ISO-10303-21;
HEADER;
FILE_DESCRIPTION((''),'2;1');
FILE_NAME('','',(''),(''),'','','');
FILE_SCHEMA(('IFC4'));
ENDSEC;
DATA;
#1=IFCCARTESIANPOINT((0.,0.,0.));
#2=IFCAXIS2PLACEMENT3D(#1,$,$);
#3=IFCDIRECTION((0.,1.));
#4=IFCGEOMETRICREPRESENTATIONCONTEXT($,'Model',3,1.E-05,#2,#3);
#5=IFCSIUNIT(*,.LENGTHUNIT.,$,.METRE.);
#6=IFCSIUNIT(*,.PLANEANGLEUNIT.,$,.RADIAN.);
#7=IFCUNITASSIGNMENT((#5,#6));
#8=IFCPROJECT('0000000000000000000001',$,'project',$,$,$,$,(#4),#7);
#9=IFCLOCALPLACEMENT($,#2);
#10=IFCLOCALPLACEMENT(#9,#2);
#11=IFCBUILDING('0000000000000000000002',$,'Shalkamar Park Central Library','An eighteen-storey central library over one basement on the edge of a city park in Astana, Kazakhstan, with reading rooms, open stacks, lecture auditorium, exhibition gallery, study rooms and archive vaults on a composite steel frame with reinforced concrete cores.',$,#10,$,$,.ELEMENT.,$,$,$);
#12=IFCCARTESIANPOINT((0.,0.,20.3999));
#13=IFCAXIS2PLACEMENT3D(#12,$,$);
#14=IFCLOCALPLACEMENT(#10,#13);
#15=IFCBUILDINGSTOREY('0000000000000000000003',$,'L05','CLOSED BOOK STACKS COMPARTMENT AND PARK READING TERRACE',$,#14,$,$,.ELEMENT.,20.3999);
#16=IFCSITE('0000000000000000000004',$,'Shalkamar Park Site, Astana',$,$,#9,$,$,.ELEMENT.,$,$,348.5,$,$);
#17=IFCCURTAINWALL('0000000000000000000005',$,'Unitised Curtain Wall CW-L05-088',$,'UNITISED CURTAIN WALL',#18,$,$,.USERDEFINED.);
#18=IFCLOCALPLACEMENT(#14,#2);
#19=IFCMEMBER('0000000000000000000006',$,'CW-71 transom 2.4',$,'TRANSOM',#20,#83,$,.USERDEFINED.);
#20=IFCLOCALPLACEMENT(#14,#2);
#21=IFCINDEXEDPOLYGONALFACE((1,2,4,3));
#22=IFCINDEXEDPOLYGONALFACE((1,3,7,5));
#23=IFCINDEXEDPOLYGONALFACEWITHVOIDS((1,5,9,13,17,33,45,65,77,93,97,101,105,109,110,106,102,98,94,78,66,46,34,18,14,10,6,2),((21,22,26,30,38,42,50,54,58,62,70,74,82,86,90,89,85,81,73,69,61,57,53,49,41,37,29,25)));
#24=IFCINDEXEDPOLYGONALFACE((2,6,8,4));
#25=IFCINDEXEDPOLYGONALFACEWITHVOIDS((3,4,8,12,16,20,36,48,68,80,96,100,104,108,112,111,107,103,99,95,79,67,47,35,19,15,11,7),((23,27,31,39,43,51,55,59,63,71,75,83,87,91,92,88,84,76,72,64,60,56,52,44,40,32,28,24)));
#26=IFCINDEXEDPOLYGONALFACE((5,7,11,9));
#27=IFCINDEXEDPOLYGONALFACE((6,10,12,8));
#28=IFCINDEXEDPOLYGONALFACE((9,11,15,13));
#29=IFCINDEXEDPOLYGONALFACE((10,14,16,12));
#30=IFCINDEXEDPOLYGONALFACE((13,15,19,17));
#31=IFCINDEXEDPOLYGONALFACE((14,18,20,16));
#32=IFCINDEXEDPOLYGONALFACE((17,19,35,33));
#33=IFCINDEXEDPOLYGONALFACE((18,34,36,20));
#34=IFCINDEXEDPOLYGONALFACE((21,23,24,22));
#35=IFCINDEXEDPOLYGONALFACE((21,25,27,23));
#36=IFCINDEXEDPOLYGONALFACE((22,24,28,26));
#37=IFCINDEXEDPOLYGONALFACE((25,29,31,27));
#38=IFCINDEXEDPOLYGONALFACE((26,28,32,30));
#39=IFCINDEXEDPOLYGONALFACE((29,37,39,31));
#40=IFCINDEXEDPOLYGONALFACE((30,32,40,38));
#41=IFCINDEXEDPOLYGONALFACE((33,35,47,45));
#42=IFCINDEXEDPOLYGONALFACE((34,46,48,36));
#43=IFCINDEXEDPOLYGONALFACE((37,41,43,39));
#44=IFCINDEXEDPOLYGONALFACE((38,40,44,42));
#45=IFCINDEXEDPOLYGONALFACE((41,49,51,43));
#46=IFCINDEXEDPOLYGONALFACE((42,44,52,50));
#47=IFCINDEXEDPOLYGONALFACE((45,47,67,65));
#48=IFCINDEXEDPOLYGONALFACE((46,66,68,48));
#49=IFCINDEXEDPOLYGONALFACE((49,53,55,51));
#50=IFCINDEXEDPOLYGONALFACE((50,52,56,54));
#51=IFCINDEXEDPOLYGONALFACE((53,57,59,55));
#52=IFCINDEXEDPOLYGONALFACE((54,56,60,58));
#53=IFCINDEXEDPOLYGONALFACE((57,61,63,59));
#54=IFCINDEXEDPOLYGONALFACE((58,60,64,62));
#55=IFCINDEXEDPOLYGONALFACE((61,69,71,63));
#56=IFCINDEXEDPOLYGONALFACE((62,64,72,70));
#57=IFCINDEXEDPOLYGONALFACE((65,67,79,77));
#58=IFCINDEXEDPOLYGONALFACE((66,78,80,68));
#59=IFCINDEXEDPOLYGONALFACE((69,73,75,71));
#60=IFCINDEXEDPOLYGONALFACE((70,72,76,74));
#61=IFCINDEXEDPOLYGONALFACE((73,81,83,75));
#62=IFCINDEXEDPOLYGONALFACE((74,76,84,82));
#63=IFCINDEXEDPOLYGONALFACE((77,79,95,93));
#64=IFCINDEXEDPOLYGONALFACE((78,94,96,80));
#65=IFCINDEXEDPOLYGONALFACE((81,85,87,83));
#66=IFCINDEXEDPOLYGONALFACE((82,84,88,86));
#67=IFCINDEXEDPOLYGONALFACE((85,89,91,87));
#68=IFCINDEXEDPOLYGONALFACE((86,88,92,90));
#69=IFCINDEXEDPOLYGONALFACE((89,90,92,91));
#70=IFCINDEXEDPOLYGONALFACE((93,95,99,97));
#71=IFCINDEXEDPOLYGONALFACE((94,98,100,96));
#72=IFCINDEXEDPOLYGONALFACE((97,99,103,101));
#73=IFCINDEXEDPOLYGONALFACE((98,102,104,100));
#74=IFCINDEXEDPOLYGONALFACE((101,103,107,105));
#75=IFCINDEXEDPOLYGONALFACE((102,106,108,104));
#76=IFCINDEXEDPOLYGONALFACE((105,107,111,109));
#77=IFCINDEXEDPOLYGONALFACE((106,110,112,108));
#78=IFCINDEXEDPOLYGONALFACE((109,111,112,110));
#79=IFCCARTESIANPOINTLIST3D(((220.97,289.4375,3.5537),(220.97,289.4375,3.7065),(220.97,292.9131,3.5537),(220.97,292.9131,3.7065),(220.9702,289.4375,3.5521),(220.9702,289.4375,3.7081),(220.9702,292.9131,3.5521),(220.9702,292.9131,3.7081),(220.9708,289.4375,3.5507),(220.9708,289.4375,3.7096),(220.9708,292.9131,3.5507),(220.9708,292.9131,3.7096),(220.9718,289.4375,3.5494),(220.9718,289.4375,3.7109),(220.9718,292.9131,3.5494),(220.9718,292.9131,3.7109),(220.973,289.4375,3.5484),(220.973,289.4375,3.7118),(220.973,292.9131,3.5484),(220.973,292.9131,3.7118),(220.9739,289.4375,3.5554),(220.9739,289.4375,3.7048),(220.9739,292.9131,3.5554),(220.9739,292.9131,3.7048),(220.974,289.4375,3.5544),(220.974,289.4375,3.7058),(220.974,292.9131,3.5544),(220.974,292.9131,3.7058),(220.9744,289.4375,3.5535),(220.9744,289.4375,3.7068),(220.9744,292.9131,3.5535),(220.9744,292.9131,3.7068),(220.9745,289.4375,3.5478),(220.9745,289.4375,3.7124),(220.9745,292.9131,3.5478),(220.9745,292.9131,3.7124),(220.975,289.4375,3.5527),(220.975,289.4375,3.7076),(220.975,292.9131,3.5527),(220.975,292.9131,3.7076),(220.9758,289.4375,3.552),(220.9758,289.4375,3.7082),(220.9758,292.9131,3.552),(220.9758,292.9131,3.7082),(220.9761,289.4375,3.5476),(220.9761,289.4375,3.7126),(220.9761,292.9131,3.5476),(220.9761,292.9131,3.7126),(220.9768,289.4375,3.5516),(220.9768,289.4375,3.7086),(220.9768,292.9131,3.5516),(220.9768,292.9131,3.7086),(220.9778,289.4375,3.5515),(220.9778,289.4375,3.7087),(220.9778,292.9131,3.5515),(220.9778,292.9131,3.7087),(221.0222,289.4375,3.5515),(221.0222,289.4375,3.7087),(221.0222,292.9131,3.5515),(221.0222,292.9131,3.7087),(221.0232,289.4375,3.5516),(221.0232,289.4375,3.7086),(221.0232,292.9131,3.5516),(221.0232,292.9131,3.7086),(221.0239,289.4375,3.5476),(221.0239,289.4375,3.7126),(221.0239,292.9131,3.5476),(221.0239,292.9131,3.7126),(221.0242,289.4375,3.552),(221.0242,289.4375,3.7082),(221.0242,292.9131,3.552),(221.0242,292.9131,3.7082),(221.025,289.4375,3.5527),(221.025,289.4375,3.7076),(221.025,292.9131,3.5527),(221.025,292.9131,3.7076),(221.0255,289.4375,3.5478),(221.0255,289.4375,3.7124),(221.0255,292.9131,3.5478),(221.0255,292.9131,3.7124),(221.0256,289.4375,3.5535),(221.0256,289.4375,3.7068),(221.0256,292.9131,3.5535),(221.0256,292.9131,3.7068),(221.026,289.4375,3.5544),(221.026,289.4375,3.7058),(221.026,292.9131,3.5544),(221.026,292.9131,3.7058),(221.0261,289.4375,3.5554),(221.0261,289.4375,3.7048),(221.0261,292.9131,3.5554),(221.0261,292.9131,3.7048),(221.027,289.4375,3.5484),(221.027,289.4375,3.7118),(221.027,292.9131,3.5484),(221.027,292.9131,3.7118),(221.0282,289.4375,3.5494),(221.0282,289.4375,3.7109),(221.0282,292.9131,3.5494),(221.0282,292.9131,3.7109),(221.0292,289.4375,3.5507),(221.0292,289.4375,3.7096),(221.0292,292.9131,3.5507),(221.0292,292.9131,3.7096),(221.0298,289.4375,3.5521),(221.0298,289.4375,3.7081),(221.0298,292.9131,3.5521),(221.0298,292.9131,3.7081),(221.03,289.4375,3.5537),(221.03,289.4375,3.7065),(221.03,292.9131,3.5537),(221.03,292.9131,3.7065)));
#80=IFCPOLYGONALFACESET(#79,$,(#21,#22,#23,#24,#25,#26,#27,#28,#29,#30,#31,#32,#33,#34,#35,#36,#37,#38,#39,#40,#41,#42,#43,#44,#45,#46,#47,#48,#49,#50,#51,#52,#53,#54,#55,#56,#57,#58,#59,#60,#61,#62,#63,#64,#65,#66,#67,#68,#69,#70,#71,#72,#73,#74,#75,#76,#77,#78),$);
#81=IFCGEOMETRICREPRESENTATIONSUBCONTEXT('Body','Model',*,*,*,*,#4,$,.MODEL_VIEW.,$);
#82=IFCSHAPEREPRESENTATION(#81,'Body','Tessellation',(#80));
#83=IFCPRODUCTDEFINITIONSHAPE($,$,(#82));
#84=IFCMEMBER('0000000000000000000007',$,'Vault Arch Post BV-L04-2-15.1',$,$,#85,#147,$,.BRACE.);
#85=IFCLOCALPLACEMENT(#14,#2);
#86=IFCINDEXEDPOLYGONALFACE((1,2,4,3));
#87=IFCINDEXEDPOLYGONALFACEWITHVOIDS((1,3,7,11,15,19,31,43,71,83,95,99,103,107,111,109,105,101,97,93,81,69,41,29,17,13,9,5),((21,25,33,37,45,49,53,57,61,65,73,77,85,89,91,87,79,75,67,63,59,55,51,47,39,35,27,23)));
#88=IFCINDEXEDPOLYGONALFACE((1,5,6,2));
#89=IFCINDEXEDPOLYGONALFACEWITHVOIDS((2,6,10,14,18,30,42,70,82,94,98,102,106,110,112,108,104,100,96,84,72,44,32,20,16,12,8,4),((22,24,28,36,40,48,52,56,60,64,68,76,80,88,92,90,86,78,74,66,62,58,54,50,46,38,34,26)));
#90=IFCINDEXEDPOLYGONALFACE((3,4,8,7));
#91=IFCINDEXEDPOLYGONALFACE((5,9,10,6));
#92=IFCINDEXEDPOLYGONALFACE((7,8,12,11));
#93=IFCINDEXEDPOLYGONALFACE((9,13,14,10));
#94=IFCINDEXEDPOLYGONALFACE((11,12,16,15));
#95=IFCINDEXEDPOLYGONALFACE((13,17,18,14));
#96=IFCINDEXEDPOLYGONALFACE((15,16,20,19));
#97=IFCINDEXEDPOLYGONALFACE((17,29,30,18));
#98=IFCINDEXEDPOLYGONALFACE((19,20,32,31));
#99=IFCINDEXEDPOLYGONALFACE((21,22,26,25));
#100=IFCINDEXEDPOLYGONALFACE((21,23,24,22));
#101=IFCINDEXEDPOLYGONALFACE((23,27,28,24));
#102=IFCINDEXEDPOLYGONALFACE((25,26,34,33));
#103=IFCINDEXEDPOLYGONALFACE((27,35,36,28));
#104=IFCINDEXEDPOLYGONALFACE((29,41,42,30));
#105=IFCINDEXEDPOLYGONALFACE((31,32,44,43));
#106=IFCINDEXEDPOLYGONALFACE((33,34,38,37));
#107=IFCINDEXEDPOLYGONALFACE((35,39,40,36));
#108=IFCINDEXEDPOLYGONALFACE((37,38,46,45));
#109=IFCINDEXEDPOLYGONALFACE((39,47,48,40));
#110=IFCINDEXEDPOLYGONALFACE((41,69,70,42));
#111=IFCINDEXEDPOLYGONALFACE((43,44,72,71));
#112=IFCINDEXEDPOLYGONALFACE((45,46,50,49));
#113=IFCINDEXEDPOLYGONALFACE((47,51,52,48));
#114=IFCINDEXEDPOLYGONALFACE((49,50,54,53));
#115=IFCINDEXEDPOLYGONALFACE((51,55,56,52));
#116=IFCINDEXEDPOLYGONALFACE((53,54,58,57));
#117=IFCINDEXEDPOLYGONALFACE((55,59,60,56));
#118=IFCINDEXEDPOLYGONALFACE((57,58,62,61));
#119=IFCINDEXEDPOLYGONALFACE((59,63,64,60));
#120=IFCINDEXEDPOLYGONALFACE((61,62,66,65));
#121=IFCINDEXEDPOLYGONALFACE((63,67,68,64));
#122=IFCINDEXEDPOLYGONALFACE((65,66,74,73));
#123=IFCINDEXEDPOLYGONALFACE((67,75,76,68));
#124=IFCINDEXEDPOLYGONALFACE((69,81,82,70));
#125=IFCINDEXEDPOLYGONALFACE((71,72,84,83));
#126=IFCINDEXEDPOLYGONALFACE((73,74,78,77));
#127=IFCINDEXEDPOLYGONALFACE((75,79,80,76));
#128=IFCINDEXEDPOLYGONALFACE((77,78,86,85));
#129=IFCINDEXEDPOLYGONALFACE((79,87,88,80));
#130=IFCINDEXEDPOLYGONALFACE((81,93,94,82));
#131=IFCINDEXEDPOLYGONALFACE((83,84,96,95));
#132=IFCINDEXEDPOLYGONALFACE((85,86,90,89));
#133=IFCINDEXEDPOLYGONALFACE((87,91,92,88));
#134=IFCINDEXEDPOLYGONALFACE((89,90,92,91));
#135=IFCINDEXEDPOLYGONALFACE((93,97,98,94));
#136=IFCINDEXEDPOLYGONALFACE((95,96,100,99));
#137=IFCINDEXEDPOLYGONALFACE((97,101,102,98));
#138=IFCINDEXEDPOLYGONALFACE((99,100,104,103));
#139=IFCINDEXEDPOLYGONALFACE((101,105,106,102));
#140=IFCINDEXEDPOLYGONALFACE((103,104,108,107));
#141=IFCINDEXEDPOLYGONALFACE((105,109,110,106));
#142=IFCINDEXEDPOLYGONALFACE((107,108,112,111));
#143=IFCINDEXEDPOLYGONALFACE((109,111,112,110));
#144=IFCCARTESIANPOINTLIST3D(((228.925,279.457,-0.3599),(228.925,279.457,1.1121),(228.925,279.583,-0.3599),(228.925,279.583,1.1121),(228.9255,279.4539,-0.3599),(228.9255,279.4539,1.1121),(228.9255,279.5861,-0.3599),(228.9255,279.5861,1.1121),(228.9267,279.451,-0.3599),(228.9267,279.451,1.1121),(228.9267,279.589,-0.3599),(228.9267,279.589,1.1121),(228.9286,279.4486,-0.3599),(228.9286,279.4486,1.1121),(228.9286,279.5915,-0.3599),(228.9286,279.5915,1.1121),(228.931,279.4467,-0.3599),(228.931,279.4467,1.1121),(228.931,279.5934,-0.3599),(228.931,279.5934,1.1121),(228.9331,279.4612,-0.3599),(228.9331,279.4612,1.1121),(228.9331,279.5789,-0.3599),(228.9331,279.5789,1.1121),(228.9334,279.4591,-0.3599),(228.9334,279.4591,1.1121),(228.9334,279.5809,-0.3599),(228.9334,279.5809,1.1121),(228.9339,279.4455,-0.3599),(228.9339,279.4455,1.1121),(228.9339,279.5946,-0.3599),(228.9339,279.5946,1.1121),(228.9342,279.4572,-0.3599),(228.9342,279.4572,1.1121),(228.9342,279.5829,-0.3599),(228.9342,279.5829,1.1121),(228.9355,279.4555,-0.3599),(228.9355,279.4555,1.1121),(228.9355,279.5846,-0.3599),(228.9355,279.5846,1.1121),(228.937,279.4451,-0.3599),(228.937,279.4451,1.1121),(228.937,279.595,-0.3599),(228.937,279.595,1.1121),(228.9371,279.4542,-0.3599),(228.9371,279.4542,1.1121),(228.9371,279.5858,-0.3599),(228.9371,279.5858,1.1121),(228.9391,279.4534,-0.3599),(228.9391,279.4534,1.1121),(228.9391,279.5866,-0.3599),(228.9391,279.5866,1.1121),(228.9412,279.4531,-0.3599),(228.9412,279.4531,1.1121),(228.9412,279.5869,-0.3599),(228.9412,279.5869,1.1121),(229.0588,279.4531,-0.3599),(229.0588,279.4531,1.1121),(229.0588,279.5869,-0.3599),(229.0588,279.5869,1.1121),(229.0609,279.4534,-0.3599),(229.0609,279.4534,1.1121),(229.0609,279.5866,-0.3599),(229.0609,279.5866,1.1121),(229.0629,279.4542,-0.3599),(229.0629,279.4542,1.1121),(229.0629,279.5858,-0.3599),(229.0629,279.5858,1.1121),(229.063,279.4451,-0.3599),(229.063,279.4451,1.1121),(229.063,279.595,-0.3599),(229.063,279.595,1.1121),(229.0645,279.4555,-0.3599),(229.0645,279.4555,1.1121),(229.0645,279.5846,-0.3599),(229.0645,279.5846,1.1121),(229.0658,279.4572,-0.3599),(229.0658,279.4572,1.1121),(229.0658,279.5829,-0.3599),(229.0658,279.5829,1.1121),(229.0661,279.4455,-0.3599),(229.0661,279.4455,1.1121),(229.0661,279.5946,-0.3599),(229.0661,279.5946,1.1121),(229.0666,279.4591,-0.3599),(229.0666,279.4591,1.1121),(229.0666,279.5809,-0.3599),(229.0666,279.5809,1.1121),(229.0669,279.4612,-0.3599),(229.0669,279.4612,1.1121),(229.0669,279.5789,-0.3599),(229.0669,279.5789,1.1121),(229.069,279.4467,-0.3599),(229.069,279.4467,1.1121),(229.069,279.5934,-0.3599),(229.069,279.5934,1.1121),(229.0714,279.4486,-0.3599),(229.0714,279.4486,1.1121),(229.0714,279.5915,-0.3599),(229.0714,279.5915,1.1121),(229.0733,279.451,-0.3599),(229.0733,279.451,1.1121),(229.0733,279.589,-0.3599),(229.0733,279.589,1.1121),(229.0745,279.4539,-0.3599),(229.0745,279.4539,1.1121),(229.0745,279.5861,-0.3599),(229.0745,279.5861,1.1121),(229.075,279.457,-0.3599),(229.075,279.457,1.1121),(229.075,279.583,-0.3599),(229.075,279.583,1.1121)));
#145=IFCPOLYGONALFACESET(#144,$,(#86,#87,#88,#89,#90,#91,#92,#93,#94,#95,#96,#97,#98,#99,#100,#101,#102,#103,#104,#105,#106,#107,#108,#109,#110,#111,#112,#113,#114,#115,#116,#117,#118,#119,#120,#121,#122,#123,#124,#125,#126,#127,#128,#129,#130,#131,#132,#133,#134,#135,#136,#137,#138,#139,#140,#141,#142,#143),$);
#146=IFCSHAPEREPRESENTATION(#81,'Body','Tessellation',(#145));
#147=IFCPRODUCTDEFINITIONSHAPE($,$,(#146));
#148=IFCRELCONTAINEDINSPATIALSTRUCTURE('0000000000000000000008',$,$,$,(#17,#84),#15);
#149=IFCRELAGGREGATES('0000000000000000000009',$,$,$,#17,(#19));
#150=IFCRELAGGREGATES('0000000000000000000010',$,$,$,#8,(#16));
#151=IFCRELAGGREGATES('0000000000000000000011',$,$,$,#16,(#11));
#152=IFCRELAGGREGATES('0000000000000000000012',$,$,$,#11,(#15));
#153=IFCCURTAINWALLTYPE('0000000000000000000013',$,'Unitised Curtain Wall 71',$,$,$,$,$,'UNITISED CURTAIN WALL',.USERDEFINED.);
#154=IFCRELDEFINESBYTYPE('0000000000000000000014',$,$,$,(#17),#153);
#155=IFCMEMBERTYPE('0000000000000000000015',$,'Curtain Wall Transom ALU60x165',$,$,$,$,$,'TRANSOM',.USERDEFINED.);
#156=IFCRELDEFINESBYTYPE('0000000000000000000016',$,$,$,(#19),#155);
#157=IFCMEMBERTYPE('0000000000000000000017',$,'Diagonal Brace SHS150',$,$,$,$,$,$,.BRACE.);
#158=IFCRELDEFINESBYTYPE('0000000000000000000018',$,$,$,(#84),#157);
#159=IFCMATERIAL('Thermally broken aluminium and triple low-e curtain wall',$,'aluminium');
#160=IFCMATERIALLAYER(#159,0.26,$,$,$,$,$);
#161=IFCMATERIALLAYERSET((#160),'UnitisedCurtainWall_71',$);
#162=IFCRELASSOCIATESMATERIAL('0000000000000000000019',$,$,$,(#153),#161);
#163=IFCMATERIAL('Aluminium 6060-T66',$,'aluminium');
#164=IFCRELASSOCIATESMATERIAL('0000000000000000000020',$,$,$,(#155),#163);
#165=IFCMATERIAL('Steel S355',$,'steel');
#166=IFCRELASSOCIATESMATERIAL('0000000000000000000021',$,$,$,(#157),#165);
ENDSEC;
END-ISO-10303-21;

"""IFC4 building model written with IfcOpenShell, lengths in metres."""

from ifc_helpers import new_model, si_unit, direction, frame, origin, origin_2d, place, context, subcontext, project, spatial, hollow_rectangle, extrude, material, layer, layer_set, material_profile, profile_set, type_object, element, aggregate, save


model = new_model("IFC4")

# Units and contexts
model_context = context("Model", 3, precision=1e-05, world=origin(), true_north=direction((0.0, 1.0)))
body_context = subcontext(model_context, "Body", "Model", "MODEL_VIEW")
ifc_project = project(units=[si_unit("LENGTHUNIT", "METRE"), si_unit("PLANEANGLEUNIT", "RADIAN")], contexts=[model_context])

# Site, building, storey
site_placement = place(None, origin())
site = spatial("IfcSite", under=ifc_project, at=site_placement, Name="Shalkamar Park Site, Astana", CompositionType="ELEMENT", RefElevation=348.5)
building_placement = place(site_placement, origin())
building = spatial("IfcBuilding", under=site, at=building_placement, Name="Shalkamar Park Central Library", Description="An eighteen-storey central library over one basement on the edge of a city park in Astana, Kazakhstan, with reading rooms, open stacks, lecture auditorium, exhibition gallery, study rooms and archive vaults on a composite steel frame with reinforced concrete cores.", CompositionType="ELEMENT")
storey_placement = place(building_placement, frame((0.0, 0.0, 20.3999)))
storey = spatial("IfcBuildingStorey", under=building, at=storey_placement, Name="L05", Description="CLOSED BOOK STACKS COMPARTMENT AND PARK READING TERRACE", CompositionType="ELEMENT", Elevation=20.3999)

# Curtain wall, member
ifc_material_1 = material(Name="Thermally broken aluminium and triple low-e curtain wall", Category="aluminium")
ifc_layer_1 = layer(ifc_material_1, 0.26)
ifc_layer_set_1 = layer_set([ifc_layer_1], Name="UnitisedCurtainWall_71")
curtain_wall_type = type_object("IfcCurtainWallType", Name="Unitised Curtain Wall 71", ElementType="UNITISED CURTAIN WALL", PredefinedType="USERDEFINED", material=ifc_layer_set_1)
curtain_wall_placement = place(storey_placement, origin())
curtain_wall = element("IfcCurtainWall", 1, at=curtain_wall_placement, inside=storey, type_object=curtain_wall_type, Name="Unitised Curtain Wall CW-L05-088", ObjectType="UNITISED CURTAIN WALL", PredefinedType="USERDEFINED")
ifc_material_2 = material(Name="Aluminium 6060-T66", Category="aluminium")
ifc_material_profile_1 = material_profile(ifc_material_2, hollow_rectangle(XDim=0.0601, YDim=0.165, WallThickness=0.0039, InnerFilletRadius=0.0039, OuterFilletRadius=0.0061, at=origin_2d()), Name="ALU 60x165x4")
ifc_profile_set_1 = profile_set([ifc_material_profile_1], Name="Aluminium 6060-T66")
member_type_1 = type_object("IfcMemberType", Name="Curtain Wall Transom ALU60x165", ElementType="TRANSOM", PredefinedType="USERDEFINED", material=ifc_profile_set_1)
member_1_placement = place(storey_placement, frame((221.0, 289.4375, 3.6301), z_axis=(0.0, 1.0, 0.0), x_axis=(-1.0, 0.0, 0.0)))
member_1 = element("IfcMember", 2, at=member_1_placement, type_object=member_type_1, Name="CW-71 transom 2.4", ObjectType="TRANSOM", PredefinedType="USERDEFINED", context=body_context, shape_type="SweptSolid", body=[
    extrude(hollow_rectangle(XDim=0.0601, YDim=0.165, WallThickness=0.0039, InnerFilletRadius=0.0039, OuterFilletRadius=0.0061, at=origin_2d()), origin(), (0.0, 0.0, 1.0), 3.4756),
])

# Member
ifc_material_3 = material(Name="Steel S355", Category="steel")
ifc_material_profile_2 = material_profile(ifc_material_3, hollow_rectangle(XDim=0.1499, YDim=0.1499, WallThickness=0.0081, InnerFilletRadius=0.0081, OuterFilletRadius=0.012, at=origin_2d()), Name="SHS 150x150x8")
ifc_profile_set_2 = profile_set([ifc_material_profile_2], Name="Steel S355")
member_type_2 = type_object("IfcMemberType", Name="Diagonal Brace SHS150", PredefinedType="BRACE", material=ifc_profile_set_2)
member_2_placement = place(storey_placement, frame((229.0, 279.52, -0.3599), z_axis=(0.0, 0.0, 1.0), x_axis=(1.0, 0.0, 0.0)))
element("IfcMember", 3, at=member_2_placement, inside=storey, type_object=member_type_2, Name="Vault Arch Post BV-L04-2-15.1", PredefinedType="BRACE", context=body_context, shape_type="SweptSolid", body=[
    extrude(hollow_rectangle(XDim=0.1499, YDim=0.1499, WallThickness=0.0081, InnerFilletRadius=0.0081, OuterFilletRadius=0.012, at=origin_2d()), origin(), (0.0, 0.0, 1.0), 1.4719),
])

aggregate(curtain_wall, [member_1])

save(model, "model.ifc")
